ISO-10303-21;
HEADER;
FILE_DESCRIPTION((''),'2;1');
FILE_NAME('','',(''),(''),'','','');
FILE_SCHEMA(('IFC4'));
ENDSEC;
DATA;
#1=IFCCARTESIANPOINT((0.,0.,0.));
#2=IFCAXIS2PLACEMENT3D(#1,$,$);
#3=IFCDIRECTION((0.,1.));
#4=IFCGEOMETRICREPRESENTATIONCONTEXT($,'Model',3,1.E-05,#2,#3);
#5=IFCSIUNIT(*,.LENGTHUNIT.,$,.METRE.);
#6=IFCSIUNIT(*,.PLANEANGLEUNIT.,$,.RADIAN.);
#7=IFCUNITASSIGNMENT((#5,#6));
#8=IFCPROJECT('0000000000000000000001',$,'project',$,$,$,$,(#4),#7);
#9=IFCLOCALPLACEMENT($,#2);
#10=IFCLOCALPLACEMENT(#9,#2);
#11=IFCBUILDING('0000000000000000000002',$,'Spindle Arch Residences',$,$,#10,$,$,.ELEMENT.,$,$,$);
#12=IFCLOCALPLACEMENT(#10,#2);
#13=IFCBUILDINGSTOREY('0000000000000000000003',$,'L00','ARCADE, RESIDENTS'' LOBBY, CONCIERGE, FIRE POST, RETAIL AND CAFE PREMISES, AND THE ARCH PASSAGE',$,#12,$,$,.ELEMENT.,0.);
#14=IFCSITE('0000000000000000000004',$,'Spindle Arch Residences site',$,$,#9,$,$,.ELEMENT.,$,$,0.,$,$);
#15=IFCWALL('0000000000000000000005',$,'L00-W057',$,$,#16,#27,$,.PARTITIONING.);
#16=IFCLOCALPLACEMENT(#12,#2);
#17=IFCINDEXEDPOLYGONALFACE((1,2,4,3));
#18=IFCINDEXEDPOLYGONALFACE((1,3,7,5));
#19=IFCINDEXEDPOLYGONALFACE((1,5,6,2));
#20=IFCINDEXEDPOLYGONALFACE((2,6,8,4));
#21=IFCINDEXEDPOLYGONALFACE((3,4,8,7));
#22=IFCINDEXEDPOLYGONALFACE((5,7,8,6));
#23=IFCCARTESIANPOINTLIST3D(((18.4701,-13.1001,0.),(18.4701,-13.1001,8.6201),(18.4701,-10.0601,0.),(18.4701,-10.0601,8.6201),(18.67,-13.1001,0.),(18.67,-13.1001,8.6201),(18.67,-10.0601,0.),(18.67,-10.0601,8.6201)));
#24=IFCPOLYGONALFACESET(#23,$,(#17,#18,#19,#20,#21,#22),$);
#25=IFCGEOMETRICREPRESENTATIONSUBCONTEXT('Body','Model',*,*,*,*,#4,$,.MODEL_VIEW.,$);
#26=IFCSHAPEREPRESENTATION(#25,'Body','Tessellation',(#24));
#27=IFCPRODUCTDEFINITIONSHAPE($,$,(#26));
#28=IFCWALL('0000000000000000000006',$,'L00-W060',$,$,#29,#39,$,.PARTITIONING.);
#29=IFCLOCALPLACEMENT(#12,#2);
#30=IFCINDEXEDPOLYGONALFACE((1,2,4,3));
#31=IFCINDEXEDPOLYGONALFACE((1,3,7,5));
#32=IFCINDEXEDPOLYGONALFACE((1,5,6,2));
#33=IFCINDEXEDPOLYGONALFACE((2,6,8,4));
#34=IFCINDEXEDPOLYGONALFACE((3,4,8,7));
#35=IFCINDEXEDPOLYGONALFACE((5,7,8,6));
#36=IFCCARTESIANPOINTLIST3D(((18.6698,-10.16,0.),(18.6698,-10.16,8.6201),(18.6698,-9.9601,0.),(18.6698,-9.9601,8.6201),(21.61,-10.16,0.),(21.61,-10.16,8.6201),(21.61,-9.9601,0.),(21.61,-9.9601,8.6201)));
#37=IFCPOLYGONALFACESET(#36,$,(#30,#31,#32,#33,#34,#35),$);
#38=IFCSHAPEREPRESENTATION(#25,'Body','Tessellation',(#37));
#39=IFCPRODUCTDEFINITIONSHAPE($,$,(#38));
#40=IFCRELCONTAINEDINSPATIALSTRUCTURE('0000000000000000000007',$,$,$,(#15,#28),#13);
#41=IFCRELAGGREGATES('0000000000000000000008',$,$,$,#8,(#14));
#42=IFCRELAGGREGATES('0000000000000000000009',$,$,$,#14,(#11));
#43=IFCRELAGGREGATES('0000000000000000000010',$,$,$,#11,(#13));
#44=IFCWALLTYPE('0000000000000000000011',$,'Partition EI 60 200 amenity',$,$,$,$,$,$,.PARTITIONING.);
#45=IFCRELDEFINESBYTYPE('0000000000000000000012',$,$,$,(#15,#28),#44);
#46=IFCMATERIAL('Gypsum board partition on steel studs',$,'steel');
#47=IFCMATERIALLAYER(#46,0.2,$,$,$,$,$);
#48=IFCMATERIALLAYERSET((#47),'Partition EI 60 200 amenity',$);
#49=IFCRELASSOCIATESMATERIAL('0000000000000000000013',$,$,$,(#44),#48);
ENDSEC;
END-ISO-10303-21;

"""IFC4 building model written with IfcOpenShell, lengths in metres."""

from ifc_helpers import new_model, si_unit, direction, frame, frame_2d, origin, place, context, subcontext, project, spatial, rectangle, extrude, material, layer, layer_set, type_object, element, save


model = new_model("IFC4")

# Units and contexts
model_context = context("Model", 3, precision=1e-05, world=origin(), true_north=direction((0.0, 1.0)))
body_context = subcontext(model_context, "Body", "Model", "MODEL_VIEW")
ifc_project = project(units=[si_unit("LENGTHUNIT", "METRE"), si_unit("PLANEANGLEUNIT", "RADIAN")], contexts=[model_context])

# Site, building, storey
site_placement = place(None, origin())
site = spatial("IfcSite", under=ifc_project, at=site_placement, Name="Spindle Arch Residences site", CompositionType="ELEMENT", RefElevation=0.0)
building_placement = place(site_placement, origin())
building = spatial("IfcBuilding", under=site, at=building_placement, Name="Spindle Arch Residences", CompositionType="ELEMENT")
storey_placement = place(building_placement, origin())
storey = spatial("IfcBuildingStorey", under=building, at=storey_placement, Name="L00", Description="ARCADE, RESIDENTS' LOBBY, CONCIERGE, FIRE POST, RETAIL AND CAFE PREMISES, AND THE ARCH PASSAGE", CompositionType="ELEMENT", Elevation=0.0)

# Shared definitions
ifc_material_1 = material(Name="Gypsum board partition on steel studs", Category="steel")
ifc_layer_1 = layer(ifc_material_1, 0.2)
ifc_layer_set_1 = layer_set([ifc_layer_1], Name="Partition EI 60 200 amenity")
wall_type_1 = type_object("IfcWallType", Name="Partition EI 60 200 amenity", PredefinedType="PARTITIONING", material=ifc_layer_set_1)

# Walls
wall_1_placement = place(storey_placement, frame((18.5701, -10.0601, 0.0), z_axis=(0.0, 0.0, 1.0), x_axis=(0.0, -1.0, 0.0)))
element("IfcWall", 1, at=wall_1_placement, inside=storey, type_object=wall_type_1, Name="L00-W057", PredefinedType="PARTITIONING", context=body_context, shape_type="SweptSolid", body=[
    extrude(rectangle(XDim=3.04, YDim=0.2, at=frame_2d((1.52, 0.0))), origin(), (0.0, 0.0, 1.0), 8.6201),
])
wall_2_placement = place(storey_placement, frame((21.6101, -10.0601, 0.0), z_axis=(0.0, 0.0, 1.0), x_axis=(-1.0, 0.0, 0.0)))
element("IfcWall", 2, at=wall_2_placement, inside=storey, type_object=wall_type_1, Name="L00-W060", PredefinedType="PARTITIONING", context=body_context, shape_type="SweptSolid", body=[
    extrude(rectangle(XDim=2.9402, YDim=0.2, at=frame_2d((1.4702, 0.0))), origin(), (0.0, 0.0, 1.0), 8.6201),
])

save(model, "model.ifc")
